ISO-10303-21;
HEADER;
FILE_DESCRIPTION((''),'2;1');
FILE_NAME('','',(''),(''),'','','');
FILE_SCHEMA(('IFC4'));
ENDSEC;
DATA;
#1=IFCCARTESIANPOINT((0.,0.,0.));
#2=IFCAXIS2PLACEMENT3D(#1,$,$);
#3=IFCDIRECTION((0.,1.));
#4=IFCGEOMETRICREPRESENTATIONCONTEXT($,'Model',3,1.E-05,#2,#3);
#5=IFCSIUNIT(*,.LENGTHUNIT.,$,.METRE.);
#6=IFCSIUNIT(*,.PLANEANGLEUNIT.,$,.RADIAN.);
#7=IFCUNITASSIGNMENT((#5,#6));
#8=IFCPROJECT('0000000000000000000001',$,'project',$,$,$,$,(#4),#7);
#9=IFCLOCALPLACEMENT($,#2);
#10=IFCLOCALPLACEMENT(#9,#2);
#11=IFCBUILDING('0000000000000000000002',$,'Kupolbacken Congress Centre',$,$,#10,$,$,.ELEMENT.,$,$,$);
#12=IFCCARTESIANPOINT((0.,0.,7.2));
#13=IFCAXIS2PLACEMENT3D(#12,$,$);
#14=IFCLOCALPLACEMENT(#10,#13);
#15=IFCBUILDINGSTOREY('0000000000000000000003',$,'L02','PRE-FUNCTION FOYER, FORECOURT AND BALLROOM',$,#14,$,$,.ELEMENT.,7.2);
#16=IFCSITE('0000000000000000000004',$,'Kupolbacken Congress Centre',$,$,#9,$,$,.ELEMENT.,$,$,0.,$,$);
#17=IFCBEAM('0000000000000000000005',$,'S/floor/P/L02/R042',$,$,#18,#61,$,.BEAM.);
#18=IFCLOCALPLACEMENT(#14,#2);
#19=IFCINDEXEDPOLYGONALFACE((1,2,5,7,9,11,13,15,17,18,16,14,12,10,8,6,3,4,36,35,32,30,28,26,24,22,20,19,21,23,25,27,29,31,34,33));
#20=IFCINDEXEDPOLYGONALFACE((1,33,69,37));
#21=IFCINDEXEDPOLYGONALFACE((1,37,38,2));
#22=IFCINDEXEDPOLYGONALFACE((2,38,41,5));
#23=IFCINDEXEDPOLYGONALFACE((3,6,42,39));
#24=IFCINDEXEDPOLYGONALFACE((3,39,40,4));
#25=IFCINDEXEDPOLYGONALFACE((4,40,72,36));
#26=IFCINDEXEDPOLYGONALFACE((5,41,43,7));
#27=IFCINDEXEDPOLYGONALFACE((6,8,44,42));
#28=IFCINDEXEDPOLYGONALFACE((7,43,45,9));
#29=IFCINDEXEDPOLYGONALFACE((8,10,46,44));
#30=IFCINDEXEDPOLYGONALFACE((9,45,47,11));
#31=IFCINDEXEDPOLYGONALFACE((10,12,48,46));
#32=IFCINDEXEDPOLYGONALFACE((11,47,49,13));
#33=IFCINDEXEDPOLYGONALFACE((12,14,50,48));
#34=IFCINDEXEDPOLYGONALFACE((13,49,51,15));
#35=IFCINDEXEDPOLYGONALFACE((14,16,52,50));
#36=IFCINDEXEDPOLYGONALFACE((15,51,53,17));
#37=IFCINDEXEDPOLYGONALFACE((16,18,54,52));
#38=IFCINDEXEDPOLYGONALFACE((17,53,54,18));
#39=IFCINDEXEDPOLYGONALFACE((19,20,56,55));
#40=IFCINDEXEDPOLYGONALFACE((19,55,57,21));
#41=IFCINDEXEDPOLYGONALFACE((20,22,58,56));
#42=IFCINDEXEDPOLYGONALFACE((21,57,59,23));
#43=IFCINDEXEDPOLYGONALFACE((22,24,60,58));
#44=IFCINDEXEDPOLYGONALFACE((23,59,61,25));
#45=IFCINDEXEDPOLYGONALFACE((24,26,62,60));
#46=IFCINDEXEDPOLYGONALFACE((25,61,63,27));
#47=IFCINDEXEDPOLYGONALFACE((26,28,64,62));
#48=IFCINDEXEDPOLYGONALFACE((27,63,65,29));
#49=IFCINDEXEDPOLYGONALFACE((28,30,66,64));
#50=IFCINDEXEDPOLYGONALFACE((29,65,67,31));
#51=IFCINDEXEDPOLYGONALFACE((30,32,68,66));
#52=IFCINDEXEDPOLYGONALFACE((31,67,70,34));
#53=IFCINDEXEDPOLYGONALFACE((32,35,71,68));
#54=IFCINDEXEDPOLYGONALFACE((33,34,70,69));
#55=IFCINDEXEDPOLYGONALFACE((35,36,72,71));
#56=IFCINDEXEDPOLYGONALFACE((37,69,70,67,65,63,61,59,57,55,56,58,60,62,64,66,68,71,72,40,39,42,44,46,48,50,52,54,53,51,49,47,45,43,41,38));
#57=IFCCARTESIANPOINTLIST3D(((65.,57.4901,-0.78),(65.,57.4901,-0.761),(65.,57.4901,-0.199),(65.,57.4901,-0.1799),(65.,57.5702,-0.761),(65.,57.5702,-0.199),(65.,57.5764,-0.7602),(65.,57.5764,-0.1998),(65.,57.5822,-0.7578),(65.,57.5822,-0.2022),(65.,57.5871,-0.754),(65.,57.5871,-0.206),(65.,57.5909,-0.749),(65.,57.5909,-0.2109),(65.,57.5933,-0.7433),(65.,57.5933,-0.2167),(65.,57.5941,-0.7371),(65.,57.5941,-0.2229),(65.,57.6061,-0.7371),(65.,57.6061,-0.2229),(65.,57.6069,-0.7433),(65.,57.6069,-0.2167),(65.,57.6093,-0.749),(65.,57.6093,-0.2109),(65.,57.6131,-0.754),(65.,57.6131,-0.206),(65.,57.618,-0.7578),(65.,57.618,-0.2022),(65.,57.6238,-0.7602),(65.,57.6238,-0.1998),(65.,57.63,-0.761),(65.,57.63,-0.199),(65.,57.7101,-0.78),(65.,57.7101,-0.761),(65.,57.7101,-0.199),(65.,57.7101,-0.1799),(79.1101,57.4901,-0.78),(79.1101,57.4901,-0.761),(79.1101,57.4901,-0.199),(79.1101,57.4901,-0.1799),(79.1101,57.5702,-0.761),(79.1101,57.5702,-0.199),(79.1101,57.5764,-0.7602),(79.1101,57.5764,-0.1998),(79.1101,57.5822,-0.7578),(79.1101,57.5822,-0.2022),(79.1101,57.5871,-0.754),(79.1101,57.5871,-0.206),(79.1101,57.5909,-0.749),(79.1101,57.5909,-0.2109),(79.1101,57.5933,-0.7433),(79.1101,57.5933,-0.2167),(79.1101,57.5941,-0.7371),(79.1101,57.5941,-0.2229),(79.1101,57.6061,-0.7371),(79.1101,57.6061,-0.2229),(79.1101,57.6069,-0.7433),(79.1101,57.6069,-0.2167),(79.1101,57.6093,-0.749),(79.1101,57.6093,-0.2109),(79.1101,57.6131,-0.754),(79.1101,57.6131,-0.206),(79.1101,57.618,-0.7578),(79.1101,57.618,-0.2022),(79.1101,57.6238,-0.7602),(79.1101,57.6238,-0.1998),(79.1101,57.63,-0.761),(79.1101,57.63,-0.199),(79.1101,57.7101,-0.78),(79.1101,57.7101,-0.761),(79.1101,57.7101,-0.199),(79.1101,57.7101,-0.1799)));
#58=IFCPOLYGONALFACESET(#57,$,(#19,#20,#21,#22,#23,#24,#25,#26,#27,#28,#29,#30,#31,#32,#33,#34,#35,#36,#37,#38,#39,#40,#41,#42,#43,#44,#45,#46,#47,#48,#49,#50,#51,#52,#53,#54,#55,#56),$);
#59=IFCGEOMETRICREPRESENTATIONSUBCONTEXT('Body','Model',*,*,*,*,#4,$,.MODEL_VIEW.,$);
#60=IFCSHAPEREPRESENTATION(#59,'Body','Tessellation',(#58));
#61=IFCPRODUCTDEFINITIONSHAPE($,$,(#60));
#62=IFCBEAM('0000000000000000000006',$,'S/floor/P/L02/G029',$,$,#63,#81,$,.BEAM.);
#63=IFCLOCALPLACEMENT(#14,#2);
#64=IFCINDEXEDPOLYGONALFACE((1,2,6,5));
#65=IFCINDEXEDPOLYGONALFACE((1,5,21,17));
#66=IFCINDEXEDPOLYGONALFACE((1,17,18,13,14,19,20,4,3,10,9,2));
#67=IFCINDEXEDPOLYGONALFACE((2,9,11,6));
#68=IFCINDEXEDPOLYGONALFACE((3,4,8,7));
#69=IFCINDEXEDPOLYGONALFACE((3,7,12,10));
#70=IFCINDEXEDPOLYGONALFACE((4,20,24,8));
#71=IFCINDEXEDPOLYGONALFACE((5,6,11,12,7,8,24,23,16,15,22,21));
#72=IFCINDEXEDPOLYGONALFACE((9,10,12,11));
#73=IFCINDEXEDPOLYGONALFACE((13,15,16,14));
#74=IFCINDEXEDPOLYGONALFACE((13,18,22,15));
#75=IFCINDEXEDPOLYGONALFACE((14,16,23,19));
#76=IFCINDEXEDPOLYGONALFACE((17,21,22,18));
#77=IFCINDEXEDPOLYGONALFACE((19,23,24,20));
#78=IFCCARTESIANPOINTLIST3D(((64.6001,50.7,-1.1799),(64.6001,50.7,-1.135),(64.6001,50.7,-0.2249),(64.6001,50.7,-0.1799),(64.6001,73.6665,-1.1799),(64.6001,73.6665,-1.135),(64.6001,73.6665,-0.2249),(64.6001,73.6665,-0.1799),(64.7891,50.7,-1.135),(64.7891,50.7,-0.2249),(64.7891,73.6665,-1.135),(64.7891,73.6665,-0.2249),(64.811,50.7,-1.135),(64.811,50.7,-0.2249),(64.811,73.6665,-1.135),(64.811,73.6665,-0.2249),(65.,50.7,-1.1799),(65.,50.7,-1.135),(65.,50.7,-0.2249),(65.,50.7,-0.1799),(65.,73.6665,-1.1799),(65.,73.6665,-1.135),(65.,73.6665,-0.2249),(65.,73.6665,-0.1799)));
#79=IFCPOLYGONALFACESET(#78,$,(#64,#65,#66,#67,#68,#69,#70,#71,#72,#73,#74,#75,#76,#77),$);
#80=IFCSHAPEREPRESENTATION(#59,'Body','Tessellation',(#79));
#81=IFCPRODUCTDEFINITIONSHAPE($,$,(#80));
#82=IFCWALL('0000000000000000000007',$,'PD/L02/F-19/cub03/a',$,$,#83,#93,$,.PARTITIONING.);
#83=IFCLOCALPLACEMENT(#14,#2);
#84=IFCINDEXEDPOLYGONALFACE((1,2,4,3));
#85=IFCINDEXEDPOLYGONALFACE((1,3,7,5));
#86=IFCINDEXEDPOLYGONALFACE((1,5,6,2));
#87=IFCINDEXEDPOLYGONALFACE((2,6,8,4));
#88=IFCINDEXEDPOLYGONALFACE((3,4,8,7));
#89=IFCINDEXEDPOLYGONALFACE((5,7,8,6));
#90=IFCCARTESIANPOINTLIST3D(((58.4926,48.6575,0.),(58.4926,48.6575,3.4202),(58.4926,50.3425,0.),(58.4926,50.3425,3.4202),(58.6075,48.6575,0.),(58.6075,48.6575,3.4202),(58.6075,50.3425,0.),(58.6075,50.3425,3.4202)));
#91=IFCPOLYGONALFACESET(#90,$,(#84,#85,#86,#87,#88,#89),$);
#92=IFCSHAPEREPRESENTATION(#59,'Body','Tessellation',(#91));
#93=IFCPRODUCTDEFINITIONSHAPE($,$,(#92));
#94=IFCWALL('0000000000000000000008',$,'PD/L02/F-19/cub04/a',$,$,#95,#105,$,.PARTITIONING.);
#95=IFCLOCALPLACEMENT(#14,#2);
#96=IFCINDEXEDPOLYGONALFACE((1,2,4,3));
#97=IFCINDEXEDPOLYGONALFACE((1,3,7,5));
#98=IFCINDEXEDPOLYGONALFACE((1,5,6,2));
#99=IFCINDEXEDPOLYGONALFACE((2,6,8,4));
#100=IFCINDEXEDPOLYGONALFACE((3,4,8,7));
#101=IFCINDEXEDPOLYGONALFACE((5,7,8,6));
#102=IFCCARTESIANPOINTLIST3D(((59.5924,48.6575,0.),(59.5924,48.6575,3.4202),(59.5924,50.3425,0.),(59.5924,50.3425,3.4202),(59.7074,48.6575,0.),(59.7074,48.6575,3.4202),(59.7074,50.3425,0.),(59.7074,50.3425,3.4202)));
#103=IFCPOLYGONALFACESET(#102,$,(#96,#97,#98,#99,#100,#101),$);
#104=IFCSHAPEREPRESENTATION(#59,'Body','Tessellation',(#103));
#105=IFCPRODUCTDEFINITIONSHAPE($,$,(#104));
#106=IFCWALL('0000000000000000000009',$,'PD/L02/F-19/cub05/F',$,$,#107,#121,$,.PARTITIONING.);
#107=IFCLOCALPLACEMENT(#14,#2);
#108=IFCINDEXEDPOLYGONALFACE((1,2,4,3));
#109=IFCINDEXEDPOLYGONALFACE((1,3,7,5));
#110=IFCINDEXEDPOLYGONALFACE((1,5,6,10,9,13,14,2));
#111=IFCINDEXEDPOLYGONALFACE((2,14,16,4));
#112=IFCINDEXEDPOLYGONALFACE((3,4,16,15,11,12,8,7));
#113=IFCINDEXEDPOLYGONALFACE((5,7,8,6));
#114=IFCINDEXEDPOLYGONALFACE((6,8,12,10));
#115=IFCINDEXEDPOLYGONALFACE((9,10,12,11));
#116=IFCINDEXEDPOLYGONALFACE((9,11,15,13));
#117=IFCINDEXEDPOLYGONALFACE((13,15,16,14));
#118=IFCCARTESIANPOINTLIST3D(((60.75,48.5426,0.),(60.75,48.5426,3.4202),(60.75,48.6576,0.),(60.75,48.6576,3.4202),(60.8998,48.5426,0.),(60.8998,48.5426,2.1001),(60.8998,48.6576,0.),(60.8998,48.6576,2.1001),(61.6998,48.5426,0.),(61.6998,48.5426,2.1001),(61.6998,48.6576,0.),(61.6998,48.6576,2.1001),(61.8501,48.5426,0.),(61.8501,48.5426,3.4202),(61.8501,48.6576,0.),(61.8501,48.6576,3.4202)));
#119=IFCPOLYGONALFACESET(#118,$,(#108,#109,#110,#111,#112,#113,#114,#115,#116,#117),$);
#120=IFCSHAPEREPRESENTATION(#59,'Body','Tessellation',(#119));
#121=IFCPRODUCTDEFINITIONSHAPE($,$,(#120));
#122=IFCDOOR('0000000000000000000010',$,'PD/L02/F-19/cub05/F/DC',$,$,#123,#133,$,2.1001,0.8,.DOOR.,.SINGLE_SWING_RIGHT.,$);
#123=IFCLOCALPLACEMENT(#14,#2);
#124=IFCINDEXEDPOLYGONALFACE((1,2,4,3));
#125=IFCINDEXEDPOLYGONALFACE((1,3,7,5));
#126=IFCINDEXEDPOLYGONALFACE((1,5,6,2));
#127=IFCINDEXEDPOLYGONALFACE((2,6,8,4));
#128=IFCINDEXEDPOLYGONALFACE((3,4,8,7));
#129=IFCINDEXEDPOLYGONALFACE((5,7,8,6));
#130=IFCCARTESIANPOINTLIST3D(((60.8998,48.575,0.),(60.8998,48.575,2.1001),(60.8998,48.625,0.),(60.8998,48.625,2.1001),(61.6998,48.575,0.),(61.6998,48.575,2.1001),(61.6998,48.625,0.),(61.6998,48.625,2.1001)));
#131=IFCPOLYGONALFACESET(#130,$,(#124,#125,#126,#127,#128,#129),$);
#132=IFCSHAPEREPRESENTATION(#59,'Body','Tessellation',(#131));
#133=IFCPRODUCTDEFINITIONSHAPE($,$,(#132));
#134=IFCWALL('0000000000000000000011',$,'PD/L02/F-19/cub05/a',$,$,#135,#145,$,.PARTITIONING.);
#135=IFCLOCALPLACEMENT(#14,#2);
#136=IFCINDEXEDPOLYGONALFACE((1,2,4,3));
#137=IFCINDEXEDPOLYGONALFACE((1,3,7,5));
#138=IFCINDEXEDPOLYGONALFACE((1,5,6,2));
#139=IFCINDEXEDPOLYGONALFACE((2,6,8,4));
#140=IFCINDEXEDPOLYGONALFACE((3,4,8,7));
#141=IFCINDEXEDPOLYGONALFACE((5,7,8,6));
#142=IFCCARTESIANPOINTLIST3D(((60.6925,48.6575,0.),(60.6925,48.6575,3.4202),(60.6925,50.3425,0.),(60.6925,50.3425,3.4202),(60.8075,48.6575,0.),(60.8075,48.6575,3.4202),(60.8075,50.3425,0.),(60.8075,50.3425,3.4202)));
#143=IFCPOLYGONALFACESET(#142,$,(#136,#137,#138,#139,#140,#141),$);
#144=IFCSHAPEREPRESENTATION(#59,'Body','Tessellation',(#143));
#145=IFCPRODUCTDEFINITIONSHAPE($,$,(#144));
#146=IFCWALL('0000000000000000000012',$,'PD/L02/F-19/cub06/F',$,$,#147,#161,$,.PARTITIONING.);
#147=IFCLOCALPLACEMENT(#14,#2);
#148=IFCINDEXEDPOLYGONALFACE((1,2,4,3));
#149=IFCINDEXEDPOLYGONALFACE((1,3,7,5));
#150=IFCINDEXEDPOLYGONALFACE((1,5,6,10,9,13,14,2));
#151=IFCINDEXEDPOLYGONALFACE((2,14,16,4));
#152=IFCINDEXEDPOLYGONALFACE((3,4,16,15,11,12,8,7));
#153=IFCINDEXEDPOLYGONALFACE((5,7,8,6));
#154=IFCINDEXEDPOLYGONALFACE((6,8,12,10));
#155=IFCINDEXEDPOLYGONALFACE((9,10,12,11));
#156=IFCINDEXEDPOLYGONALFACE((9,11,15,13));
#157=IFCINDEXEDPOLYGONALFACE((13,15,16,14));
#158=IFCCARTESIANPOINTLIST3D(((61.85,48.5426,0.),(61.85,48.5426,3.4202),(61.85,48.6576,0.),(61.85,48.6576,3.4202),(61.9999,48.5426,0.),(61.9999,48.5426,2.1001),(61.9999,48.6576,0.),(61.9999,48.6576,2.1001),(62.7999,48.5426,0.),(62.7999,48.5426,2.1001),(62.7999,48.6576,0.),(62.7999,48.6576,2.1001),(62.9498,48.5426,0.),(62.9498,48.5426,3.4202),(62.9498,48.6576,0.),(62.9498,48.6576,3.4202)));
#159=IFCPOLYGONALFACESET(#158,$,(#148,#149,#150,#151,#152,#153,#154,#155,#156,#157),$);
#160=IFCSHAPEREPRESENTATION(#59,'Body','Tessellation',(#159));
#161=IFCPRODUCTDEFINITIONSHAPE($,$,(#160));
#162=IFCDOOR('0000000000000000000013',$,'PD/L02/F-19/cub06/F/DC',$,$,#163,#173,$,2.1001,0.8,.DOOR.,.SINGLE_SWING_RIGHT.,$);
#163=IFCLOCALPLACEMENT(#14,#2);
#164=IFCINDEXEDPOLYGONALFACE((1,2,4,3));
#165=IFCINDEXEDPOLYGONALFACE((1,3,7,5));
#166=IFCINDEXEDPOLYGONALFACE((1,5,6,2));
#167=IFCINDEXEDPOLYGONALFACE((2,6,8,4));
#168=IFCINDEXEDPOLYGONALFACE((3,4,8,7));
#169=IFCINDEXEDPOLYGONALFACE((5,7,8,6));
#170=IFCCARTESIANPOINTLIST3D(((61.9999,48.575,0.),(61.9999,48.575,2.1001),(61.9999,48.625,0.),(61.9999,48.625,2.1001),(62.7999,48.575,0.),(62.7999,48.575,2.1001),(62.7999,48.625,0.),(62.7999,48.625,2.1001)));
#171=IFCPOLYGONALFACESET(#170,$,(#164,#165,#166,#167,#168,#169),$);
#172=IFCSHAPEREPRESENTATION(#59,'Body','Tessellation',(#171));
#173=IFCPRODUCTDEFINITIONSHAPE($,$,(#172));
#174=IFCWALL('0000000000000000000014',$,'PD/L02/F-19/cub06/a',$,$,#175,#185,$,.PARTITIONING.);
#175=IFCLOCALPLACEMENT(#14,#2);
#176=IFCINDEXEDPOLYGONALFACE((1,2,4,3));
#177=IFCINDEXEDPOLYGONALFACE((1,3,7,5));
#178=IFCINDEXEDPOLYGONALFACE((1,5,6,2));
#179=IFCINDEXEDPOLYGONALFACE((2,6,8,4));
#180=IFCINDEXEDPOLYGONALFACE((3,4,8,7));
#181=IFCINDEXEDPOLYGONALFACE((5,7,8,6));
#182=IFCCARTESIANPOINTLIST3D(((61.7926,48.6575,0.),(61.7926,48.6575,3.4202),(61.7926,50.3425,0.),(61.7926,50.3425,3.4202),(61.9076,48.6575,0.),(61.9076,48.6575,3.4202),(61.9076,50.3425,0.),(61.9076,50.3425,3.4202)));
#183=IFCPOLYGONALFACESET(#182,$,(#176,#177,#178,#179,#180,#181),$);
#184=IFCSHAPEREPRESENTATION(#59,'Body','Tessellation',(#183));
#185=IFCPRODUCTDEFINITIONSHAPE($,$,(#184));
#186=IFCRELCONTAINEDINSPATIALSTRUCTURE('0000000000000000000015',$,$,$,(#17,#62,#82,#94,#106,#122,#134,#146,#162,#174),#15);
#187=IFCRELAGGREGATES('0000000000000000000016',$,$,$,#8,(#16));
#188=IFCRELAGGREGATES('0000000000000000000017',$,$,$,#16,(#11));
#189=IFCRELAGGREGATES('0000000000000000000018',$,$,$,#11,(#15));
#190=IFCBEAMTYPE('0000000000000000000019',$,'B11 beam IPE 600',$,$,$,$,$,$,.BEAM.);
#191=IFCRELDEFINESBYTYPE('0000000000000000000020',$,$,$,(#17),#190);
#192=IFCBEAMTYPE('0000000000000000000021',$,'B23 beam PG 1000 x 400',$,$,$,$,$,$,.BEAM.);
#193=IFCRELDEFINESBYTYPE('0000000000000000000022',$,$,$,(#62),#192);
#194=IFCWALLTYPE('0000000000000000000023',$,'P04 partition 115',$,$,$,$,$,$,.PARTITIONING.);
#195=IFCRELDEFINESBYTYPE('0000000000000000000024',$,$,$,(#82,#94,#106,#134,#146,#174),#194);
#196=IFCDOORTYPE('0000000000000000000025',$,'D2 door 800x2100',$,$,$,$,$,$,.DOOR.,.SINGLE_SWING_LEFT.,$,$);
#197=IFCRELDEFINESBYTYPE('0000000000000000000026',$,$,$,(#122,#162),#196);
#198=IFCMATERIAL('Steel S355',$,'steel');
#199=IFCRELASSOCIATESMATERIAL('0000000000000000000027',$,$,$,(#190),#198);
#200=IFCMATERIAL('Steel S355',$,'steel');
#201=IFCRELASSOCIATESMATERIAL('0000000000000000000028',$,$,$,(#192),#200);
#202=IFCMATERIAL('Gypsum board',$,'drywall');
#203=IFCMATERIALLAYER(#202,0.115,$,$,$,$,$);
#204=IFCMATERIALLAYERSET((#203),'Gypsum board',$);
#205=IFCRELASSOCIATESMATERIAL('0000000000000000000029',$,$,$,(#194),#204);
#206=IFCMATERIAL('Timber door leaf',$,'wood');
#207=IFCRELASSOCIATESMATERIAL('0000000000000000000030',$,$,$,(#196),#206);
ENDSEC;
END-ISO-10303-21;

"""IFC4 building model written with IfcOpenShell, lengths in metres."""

from ifc_helpers import new_model, si_unit, direction, frame, frame_2d, origin, origin_2d, place, context, subcontext, project, spatial, rectangle, i_section, extrude, material, layer, layer_set, material_profile, profile_set, type_object, element, fill, save


model = new_model("IFC4")

# Units and contexts
model_context = context("Model", 3, precision=1e-05, world=origin(), true_north=direction((0.0, 1.0)))
body_context = subcontext(model_context, "Body", "Model", "MODEL_VIEW")
ifc_project = project(units=[si_unit("LENGTHUNIT", "METRE"), si_unit("PLANEANGLEUNIT", "RADIAN")], contexts=[model_context])

# Site, building, storey
site_placement = place(None, origin())
site = spatial("IfcSite", under=ifc_project, at=site_placement, Name="Kupolbacken Congress Centre", CompositionType="ELEMENT", RefElevation=0.0)
building_placement = place(site_placement, origin())
building = spatial("IfcBuilding", under=site, at=building_placement, Name="Kupolbacken Congress Centre", CompositionType="ELEMENT")
storey_placement = place(building_placement, frame((0.0, 0.0, 7.2)))
storey = spatial("IfcBuildingStorey", under=building, at=storey_placement, Name="L02", Description="PRE-FUNCTION FOYER, FORECOURT AND BALLROOM", CompositionType="ELEMENT", Elevation=7.2)

# Beams
ifc_material_1 = material(Name="Steel S355", Category="steel")
ifc_material_profile_1 = material_profile(ifc_material_1, i_section(OverallWidth=0.22, OverallDepth=0.6001, WebThickness=0.012, FlangeThickness=0.019, FilletRadius=0.0239, at=origin_2d()), Name="IPE 600")
ifc_profile_set_1 = profile_set([ifc_material_profile_1], Name="Steel S355")
beam_type_1 = type_object("IfcBeamType", Name="B11 beam IPE 600", PredefinedType="BEAM", material=ifc_profile_set_1)
beam_1_placement = place(storey_placement, frame((65.0, 57.6001, -0.48), z_axis=(1.0, 0.0, 0.0), x_axis=(0.0, 1.0, 0.0)))
element("IfcBeam", 1, at=beam_1_placement, inside=storey, type_object=beam_type_1, Name="S/floor/P/L02/R042", PredefinedType="BEAM", context=body_context, shape_type="SweptSolid", body=[
    extrude(i_section(OverallWidth=0.22, OverallDepth=0.6001, WebThickness=0.012, FlangeThickness=0.019, FilletRadius=0.0239, at=origin_2d()), origin(), (0.0, 0.0, 1.0), 14.1101),
])
ifc_material_2 = material(Name="Steel S355", Category="steel")
ifc_material_profile_2 = material_profile(ifc_material_2, i_section(OverallWidth=0.3999, OverallDepth=1.0, WebThickness=0.022, FlangeThickness=0.0449, at=origin_2d()), Name="PG 1000 x 400")
ifc_profile_set_2 = profile_set([ifc_material_profile_2], Name="Steel S355")
beam_type_2 = type_object("IfcBeamType", Name="B23 beam PG 1000 x 400", PredefinedType="BEAM", material=ifc_profile_set_2)
beam_2_placement = place(storey_placement, frame((64.8, 50.7, -0.6799), z_axis=(0.0, 1.0, 0.0), x_axis=(-1.0, 0.0, 0.0)))
element("IfcBeam", 2, at=beam_2_placement, inside=storey, type_object=beam_type_2, Name="S/floor/P/L02/G029", PredefinedType="BEAM", context=body_context, shape_type="SweptSolid", body=[
    extrude(i_section(OverallWidth=0.3999, OverallDepth=1.0, WebThickness=0.022, FlangeThickness=0.0449, at=origin_2d()), origin(), (0.0, 0.0, 1.0), 22.9666),
])

# Walls
ifc_material_3 = material(Name="Gypsum board", Category="drywall")
ifc_layer_1 = layer(ifc_material_3, 0.115)
ifc_layer_set_1 = layer_set([ifc_layer_1], Name="Gypsum board")
wall_type_1 = type_object("IfcWallType", Name="P04 partition 115", PredefinedType="PARTITIONING", material=ifc_layer_set_1)
for number, where, z_axis, x_axis, name in (
    (3, (58.55, 50.3425, 0.0), (0.0, 0.0, 1.0), (0.0, -1.0, 0.0), "PD/L02/F-19/cub03/a"),
    (4, (59.6499, 50.3425, 0.0), (0.0, 0.0, 1.0), (0.0, -1.0, 0.0), "PD/L02/F-19/cub04/a"),
):
    element("IfcWall", number, at=place(storey_placement, frame(where, z_axis=z_axis, x_axis=x_axis)), inside=storey, type_object=wall_type_1, Name=name, PredefinedType="PARTITIONING", context=body_context, shape_type="SweptSolid", body=[
        extrude(rectangle(XDim=1.6851, YDim=0.115, at=frame_2d((0.8425, 0.0))), origin(), (0.0, 0.0, 1.0), 3.4202),
    ])

# Wall, opening, door
wall_1_placement = place(storey_placement, frame((60.75, 48.6001, 0.0), z_axis=(0.0, 0.0, 1.0), x_axis=(1.0, 0.0, 0.0)))
wall_1 = element("IfcWall", 5, at=wall_1_placement, inside=storey, type_object=wall_type_1, Name="PD/L02/F-19/cub05/F", PredefinedType="PARTITIONING", context=body_context, shape_type="SweptSolid", body=[
    extrude(rectangle(XDim=1.1001, YDim=0.115, at=frame_2d((0.55, 0.0))), origin(), (0.0, 0.0, 1.0), 3.4202),
])
opening_1_placement = place(wall_1_placement, frame((0.1499, 0.0, 0.0)))
opening_1 = element("IfcOpeningElement", 6, at=opening_1_placement, cuts=wall_1, PredefinedType="OPENING", context=body_context, shape_type="SweptSolid", body=[
    extrude(rectangle(XDim=0.8, YDim=2.1001, at=frame_2d((0.3999, 1.05))), frame((0.0, 0.0674, 0.0), z_axis=(0.0, -1.0, 0.0), x_axis=(1.0, 0.0, 0.0)), (0.0, 0.0, 1.0), 0.135),
])
ifc_material_4 = material(Name="Timber door leaf", Category="wood")
door_type_1 = type_object("IfcDoorType", Name="D2 door 800x2100", OperationType="SINGLE_SWING_LEFT", PredefinedType="DOOR", material=ifc_material_4)
door_1_placement = place(opening_1_placement, origin())
door_1 = element("IfcDoor", 7, at=door_1_placement, inside=storey, type_object=door_type_1, Name="PD/L02/F-19/cub05/F/DC", OperationType="SINGLE_SWING_RIGHT", OverallHeight=2.1001, OverallWidth=0.8, PredefinedType="DOOR", context=body_context, shape_type="SweptSolid", body=[
    extrude(rectangle(XDim=0.8, YDim=2.1001, at=frame_2d((0.3999, 1.05))), frame((0.0, 0.0249, 0.0), z_axis=(0.0, -1.0, 0.0), x_axis=(1.0, 0.0, 0.0)), (0.0, 0.0, 1.0), 0.05),
])
fill(opening_1, door_1)

# Wall
wall_2_placement = place(storey_placement, frame((60.75, 50.3425, 0.0), z_axis=(0.0, 0.0, 1.0), x_axis=(0.0, -1.0, 0.0)))
element("IfcWall", 8, at=wall_2_placement, inside=storey, type_object=wall_type_1, Name="PD/L02/F-19/cub05/a", PredefinedType="PARTITIONING", context=body_context, shape_type="SweptSolid", body=[
    extrude(rectangle(XDim=1.6851, YDim=0.115, at=frame_2d((0.8425, 0.0))), origin(), (0.0, 0.0, 1.0), 3.4202),
])

# Wall, opening, door
wall_3_placement = place(storey_placement, frame((61.8501, 48.6001, 0.0), z_axis=(0.0, 0.0, 1.0), x_axis=(1.0, 0.0, 0.0)))
wall_3 = element("IfcWall", 9, at=wall_3_placement, inside=storey, type_object=wall_type_1, Name="PD/L02/F-19/cub06/F", PredefinedType="PARTITIONING", context=body_context, shape_type="SweptSolid", body=[
    extrude(rectangle(XDim=1.0999, YDim=0.115, at=frame_2d((0.5498, 0.0))), origin(), (0.0, 0.0, 1.0), 3.4202),
])
opening_2_placement = place(wall_3_placement, frame((0.1499, 0.0, 0.0)))
opening_2 = element("IfcOpeningElement", 10, at=opening_2_placement, cuts=wall_3, PredefinedType="OPENING", context=body_context, shape_type="SweptSolid", body=[
    extrude(rectangle(XDim=0.8, YDim=2.1001, at=frame_2d((0.3999, 1.05))), frame((0.0, 0.0674, 0.0), z_axis=(0.0, -1.0, 0.0), x_axis=(1.0, 0.0, 0.0)), (0.0, 0.0, 1.0), 0.135),
])
door_2_placement = place(opening_2_placement, origin())
door_2 = element("IfcDoor", 11, at=door_2_placement, inside=storey, type_object=door_type_1, Name="PD/L02/F-19/cub06/F/DC", OperationType="SINGLE_SWING_RIGHT", OverallHeight=2.1001, OverallWidth=0.8, PredefinedType="DOOR", context=body_context, shape_type="SweptSolid", body=[
    extrude(rectangle(XDim=0.8, YDim=2.1001, at=frame_2d((0.3999, 1.05))), frame((0.0, 0.0249, 0.0), z_axis=(0.0, -1.0, 0.0), x_axis=(1.0, 0.0, 0.0)), (0.0, 0.0, 1.0), 0.05),
])
fill(opening_2, door_2)

# Wall
for number, where, z_axis, x_axis, name in (
    (12, (61.8501, 50.3425, 0.0), (0.0, 0.0, 1.0), (0.0, -1.0, 0.0), "PD/L02/F-19/cub06/a"),
):
    element("IfcWall", number, at=place(storey_placement, frame(where, z_axis=z_axis, x_axis=x_axis)), inside=storey, type_object=wall_type_1, Name=name, PredefinedType="PARTITIONING", context=body_context, shape_type="SweptSolid", body=[
        extrude(rectangle(XDim=1.6851, YDim=0.115, at=frame_2d((0.8425, 0.0))), origin(), (0.0, 0.0, 1.0), 3.4202),
    ])

save(model, "model.ifc")
